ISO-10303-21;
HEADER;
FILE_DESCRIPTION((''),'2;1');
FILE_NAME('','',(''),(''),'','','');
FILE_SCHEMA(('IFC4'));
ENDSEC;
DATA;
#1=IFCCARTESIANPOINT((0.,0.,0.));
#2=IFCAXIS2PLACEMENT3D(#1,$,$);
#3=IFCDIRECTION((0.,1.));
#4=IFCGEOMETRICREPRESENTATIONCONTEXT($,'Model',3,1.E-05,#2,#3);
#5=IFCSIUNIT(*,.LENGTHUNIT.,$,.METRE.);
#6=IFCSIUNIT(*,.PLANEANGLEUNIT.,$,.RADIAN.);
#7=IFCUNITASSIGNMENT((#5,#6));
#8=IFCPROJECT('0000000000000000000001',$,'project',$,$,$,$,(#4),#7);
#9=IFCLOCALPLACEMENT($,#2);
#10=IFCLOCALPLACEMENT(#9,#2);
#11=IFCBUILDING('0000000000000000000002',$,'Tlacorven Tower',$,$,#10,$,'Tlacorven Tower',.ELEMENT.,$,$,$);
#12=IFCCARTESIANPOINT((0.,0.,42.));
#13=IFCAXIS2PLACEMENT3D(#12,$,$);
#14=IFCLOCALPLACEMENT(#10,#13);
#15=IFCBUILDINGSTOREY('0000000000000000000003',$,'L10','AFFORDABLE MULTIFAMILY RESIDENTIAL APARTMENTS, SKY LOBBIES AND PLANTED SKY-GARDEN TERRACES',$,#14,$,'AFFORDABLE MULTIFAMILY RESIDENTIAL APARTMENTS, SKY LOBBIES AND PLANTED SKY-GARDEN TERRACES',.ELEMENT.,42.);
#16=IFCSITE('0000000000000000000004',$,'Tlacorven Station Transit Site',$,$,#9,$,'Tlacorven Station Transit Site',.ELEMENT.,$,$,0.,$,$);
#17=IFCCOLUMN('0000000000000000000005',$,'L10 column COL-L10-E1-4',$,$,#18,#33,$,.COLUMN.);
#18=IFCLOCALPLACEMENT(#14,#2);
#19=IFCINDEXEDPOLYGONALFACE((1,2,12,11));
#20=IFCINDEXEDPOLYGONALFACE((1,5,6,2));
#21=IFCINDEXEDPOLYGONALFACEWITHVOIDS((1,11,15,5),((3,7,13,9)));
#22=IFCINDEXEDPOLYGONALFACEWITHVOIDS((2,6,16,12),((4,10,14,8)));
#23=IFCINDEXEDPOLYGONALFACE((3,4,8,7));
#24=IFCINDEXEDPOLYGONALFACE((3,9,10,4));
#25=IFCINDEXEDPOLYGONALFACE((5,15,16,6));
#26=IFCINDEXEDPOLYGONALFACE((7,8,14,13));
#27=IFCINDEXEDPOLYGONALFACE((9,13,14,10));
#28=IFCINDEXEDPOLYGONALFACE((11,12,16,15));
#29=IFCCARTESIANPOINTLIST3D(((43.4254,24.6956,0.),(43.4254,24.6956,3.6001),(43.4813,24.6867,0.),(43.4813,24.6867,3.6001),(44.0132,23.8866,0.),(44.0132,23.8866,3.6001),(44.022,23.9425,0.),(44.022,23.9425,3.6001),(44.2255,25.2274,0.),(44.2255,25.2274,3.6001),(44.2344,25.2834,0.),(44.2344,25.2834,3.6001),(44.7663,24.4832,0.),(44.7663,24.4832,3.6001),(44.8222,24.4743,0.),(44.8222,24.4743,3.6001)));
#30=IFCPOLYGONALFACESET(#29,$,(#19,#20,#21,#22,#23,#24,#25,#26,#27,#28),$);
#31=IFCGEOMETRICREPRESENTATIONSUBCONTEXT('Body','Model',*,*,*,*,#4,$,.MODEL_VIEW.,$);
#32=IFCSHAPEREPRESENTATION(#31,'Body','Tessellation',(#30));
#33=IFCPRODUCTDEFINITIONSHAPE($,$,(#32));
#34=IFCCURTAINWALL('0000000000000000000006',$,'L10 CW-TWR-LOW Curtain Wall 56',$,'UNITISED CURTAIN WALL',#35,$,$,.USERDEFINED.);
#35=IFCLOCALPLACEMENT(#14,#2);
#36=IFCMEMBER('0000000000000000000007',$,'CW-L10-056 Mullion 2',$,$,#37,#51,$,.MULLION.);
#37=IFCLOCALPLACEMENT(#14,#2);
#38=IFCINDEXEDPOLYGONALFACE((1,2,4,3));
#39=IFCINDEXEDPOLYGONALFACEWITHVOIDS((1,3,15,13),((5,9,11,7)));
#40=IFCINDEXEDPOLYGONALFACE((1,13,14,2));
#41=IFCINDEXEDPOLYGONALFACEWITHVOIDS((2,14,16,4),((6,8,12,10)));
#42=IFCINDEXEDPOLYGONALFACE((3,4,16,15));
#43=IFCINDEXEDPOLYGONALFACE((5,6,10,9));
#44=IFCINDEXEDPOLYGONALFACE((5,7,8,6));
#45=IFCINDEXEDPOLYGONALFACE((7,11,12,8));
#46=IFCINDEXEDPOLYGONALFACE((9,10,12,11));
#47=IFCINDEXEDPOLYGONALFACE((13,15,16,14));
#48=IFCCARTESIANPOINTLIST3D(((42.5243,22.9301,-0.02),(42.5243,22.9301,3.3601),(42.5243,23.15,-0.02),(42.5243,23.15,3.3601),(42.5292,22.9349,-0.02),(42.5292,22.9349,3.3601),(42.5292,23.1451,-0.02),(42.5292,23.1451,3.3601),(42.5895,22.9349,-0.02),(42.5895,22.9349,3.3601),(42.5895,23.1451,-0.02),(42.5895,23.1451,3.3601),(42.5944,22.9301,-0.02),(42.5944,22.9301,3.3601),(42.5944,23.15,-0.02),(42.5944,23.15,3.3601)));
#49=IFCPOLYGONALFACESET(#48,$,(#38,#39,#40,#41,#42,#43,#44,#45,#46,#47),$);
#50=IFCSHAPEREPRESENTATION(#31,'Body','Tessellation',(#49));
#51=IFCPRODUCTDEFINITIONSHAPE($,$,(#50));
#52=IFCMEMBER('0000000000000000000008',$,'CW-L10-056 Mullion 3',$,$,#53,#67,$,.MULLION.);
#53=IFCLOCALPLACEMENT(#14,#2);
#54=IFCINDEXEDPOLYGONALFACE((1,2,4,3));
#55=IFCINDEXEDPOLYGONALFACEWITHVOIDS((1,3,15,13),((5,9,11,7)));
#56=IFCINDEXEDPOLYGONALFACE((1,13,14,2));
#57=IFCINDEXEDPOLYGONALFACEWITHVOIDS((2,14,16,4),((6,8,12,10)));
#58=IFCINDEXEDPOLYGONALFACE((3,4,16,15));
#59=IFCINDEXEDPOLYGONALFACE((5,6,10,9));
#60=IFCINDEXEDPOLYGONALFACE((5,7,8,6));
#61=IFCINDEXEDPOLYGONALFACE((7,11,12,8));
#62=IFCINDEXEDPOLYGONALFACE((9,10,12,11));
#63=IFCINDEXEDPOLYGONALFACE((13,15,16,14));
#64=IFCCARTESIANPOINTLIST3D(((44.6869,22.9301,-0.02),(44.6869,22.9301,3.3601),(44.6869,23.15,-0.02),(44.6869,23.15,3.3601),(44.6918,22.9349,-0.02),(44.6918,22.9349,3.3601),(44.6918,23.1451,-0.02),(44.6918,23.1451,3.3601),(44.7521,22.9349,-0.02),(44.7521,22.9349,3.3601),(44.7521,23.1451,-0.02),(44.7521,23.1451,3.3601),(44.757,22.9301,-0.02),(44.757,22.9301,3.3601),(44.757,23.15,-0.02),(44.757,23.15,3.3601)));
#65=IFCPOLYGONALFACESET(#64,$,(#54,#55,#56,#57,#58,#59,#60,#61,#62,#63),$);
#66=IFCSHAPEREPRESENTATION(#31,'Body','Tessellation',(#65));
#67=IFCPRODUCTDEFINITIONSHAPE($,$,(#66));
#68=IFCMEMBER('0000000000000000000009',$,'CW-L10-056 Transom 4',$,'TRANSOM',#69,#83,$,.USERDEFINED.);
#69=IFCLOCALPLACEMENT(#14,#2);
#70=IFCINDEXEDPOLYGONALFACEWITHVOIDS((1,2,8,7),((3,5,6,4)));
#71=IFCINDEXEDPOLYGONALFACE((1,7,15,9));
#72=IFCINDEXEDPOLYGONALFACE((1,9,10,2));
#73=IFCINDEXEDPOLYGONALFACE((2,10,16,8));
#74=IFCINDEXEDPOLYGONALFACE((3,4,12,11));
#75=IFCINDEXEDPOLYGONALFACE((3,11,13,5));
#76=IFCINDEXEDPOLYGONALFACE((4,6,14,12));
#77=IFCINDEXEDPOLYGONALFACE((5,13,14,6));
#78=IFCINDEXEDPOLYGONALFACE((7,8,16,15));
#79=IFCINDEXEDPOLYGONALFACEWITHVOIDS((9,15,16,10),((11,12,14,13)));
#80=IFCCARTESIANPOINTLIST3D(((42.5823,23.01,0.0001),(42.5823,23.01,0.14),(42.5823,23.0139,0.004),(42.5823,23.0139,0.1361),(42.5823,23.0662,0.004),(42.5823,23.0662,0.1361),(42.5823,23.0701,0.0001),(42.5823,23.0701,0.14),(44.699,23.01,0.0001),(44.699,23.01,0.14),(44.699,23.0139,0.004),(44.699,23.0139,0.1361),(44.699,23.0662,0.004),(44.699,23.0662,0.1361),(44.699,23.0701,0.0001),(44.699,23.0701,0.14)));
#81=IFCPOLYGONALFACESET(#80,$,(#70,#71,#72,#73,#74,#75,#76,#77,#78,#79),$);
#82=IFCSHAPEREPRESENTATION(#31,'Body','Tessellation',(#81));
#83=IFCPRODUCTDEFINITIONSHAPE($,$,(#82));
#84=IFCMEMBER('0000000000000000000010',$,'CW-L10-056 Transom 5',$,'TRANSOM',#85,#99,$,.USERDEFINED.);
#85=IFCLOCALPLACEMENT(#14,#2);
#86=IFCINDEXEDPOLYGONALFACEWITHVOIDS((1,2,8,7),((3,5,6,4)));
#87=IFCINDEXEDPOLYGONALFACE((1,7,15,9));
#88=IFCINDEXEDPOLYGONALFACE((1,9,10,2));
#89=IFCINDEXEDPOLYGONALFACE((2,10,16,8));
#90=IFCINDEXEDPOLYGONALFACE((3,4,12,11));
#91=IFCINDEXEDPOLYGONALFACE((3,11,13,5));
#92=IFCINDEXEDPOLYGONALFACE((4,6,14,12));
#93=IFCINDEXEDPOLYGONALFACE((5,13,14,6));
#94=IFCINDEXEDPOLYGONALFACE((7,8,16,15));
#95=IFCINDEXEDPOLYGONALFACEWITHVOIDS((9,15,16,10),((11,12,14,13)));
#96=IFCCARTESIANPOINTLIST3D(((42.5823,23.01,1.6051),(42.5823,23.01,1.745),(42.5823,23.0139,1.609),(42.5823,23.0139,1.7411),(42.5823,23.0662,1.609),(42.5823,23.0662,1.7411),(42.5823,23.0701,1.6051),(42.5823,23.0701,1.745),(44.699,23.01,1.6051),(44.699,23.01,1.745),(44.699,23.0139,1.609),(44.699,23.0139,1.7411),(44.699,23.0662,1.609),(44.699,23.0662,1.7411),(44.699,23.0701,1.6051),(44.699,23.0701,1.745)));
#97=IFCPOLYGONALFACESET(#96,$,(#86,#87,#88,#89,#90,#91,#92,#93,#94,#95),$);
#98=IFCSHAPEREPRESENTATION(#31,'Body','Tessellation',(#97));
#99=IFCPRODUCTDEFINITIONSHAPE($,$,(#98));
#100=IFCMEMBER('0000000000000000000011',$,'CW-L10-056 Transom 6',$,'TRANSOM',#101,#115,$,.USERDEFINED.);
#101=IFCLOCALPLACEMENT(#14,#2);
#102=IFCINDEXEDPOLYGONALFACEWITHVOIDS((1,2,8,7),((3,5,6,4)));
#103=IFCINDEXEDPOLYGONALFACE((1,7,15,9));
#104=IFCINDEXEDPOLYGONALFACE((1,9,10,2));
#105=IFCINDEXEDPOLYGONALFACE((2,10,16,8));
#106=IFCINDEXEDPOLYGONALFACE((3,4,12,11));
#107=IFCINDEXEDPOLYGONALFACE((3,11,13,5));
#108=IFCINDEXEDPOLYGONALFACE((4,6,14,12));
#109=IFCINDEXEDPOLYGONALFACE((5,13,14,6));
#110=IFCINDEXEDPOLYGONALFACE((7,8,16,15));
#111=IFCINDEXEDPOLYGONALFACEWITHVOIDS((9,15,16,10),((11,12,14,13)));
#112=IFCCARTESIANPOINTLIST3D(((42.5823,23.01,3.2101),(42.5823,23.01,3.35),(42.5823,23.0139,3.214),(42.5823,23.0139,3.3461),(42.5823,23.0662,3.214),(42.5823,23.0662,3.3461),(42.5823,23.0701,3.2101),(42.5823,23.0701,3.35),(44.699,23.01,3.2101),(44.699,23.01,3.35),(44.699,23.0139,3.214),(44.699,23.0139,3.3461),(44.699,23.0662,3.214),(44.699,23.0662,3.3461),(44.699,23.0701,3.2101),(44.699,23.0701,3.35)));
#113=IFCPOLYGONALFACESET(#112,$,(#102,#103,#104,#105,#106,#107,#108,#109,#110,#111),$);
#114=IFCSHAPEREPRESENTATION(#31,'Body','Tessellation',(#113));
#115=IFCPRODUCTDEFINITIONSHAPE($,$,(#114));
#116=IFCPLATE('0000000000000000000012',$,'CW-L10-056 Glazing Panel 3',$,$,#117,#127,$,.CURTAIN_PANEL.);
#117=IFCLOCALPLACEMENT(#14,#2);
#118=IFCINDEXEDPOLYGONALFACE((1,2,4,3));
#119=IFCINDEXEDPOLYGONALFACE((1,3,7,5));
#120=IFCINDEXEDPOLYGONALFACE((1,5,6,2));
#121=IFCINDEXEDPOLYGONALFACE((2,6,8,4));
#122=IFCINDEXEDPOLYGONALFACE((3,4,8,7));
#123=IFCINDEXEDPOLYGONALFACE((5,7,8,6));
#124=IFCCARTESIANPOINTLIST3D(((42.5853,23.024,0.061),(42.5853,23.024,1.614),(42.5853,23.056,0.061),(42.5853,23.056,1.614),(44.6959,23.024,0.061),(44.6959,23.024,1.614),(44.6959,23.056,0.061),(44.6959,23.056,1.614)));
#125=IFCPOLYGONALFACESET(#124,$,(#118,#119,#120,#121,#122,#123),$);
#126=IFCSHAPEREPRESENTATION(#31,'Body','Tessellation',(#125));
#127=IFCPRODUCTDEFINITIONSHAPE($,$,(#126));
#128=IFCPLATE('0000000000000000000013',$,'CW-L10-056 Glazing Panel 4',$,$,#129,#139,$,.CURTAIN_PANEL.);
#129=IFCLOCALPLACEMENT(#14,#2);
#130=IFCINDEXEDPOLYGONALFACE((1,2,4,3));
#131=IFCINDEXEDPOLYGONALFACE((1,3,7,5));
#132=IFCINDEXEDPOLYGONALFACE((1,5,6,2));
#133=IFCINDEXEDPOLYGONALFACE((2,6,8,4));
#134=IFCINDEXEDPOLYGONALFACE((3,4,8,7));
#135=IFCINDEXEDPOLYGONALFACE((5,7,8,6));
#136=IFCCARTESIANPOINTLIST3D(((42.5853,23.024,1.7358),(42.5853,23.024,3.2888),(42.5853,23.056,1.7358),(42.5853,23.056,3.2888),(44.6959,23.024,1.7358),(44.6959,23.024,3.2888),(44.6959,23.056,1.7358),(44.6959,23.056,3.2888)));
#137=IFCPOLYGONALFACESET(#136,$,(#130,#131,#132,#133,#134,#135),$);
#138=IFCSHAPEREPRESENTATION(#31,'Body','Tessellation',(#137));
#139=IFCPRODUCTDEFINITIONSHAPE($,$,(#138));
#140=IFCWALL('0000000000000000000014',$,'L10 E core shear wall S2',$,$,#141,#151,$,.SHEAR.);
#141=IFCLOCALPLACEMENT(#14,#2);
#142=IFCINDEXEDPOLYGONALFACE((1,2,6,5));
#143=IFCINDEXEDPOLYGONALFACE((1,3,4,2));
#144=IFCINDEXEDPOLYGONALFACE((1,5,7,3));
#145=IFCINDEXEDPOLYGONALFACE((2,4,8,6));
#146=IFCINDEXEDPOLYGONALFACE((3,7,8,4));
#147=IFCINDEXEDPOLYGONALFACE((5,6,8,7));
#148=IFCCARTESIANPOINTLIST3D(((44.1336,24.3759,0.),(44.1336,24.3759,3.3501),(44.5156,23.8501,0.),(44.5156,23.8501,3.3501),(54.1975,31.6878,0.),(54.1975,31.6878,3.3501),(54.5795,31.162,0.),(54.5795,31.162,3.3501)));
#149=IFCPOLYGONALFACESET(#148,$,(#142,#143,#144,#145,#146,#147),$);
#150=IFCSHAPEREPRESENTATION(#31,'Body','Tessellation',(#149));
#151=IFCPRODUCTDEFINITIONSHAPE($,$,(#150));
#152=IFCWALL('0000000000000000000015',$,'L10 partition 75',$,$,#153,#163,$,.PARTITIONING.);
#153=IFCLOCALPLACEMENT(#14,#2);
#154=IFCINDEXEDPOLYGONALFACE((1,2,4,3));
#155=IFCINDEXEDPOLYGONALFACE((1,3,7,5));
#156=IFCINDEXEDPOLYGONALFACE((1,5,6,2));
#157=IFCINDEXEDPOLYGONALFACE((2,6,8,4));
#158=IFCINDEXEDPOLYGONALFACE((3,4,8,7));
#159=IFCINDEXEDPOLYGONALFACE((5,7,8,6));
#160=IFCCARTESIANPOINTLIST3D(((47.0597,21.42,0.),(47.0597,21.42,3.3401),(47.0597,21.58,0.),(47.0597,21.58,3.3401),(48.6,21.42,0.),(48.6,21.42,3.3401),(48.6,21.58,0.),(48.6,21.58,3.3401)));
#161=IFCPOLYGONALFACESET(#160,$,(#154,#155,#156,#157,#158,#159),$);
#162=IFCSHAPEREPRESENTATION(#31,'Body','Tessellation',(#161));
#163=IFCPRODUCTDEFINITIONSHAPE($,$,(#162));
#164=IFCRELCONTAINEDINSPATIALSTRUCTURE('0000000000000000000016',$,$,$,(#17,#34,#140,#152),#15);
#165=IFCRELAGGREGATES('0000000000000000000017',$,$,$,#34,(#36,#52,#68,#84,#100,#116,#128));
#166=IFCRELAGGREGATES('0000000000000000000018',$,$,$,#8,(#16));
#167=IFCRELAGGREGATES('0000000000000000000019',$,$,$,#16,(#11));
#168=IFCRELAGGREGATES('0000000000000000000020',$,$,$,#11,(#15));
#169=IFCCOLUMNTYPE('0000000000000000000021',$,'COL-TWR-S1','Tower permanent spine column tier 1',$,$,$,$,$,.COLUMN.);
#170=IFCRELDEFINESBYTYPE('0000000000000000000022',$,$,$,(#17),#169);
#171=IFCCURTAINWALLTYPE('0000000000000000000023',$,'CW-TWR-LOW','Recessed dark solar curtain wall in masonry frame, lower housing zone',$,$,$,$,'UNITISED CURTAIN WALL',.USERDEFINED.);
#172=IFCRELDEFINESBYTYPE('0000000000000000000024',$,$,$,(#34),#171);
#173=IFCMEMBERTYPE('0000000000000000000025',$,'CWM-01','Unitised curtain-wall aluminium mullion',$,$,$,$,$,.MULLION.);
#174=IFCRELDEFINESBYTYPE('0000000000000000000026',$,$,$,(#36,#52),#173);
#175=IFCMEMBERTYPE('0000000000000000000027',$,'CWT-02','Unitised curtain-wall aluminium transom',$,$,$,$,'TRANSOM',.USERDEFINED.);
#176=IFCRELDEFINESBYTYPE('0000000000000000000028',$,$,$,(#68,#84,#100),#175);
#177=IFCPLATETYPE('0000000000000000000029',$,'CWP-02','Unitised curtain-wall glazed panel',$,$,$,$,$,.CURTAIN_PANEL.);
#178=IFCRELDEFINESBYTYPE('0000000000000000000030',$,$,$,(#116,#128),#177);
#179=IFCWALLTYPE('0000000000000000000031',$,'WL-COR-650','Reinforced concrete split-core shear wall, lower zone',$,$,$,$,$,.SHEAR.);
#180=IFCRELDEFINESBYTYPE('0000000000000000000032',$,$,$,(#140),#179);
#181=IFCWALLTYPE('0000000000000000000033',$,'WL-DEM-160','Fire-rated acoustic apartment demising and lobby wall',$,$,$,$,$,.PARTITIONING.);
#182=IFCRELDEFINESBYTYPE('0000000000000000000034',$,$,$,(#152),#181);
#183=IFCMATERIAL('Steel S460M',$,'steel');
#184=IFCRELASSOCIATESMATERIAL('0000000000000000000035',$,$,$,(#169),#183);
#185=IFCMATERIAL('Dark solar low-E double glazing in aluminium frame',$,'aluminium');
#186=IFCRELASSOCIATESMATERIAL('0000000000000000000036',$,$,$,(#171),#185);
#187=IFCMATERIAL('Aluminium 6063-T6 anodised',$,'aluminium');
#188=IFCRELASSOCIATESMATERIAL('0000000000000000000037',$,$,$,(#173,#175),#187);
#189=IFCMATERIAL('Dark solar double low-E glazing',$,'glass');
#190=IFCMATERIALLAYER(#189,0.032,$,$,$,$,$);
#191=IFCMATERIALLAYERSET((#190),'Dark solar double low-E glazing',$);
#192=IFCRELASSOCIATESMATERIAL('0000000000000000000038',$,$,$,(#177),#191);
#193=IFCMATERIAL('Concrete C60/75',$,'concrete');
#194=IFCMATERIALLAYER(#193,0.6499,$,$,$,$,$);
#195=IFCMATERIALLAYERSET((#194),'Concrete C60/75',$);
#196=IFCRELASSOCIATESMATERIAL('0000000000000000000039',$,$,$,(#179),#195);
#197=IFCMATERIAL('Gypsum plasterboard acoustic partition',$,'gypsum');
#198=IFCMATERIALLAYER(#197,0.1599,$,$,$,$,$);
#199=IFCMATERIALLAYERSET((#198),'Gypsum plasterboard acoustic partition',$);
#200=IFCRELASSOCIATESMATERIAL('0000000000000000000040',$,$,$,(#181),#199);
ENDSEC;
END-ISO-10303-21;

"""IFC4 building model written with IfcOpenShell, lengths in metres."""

from ifc_helpers import new_model, si_unit, direction, frame, frame_2d, origin, origin_2d, place, context, subcontext, project, spatial, rectangle, hollow_rectangle, extrude, source, transform, mapped, material, layer, layer_set, material_profile, profile_set, type_object, element, aggregate, save


model = new_model("IFC4")

# Units and contexts
model_context = context("Model", 3, precision=1e-05, world=origin(), true_north=direction((0.0, 1.0)))
body_context = subcontext(model_context, "Body", "Model", "MODEL_VIEW")
ifc_project = project(units=[si_unit("LENGTHUNIT", "METRE"), si_unit("PLANEANGLEUNIT", "RADIAN")], contexts=[model_context])

# Site, building, storey
site_placement = place(None, origin())
site = spatial("IfcSite", under=ifc_project, at=site_placement, Name="Tlacorven Station Transit Site", LongName="Tlacorven Station Transit Site", CompositionType="ELEMENT", RefElevation=0.0)
building_placement = place(site_placement, origin())
building = spatial("IfcBuilding", under=site, at=building_placement, Name="Tlacorven Tower", LongName="Tlacorven Tower", CompositionType="ELEMENT")
storey_placement = place(building_placement, frame((0.0, 0.0, 42.0)))
storey = spatial("IfcBuildingStorey", under=building, at=storey_placement, Name="L10", Description="AFFORDABLE MULTIFAMILY RESIDENTIAL APARTMENTS, SKY LOBBIES AND PLANTED SKY-GARDEN TERRACES", LongName="AFFORDABLE MULTIFAMILY RESIDENTIAL APARTMENTS, SKY LOBBIES AND PLANTED SKY-GARDEN TERRACES", CompositionType="ELEMENT", Elevation=42.0)

# Column
ifc_material_1 = material(Name="Steel S460M", Category="steel")
ifc_material_profile_1 = material_profile(ifc_material_1, hollow_rectangle(XDim=1.0, YDim=1.0, WallThickness=0.04, at=origin_2d()), Name="BOX 1000X1000X40")
ifc_profile_set_1 = profile_set([ifc_material_profile_1], Name="Steel S460M")
column_type = type_object("IfcColumnType", Name="COL-TWR-S1", Description="Tower permanent spine column tier 1", PredefinedType="COLUMN", material=ifc_profile_set_1)
shared_shape_1 = source(origin(), body_context, "Body", "SweptSolid", [
    extrude(hollow_rectangle(XDim=1.0, YDim=1.0, WallThickness=0.04, at=origin_2d()), origin(), (0.0, 0.0, 1.0), 3.6001),
])
column_placement = place(storey_placement, frame((44.1238, 24.585, 0.0), z_axis=(0.0, 0.0, 1.0), x_axis=(0.809017, 0.587785, 0.0)))
element("IfcColumn", 1, at=column_placement, inside=storey, type_object=column_type, Name="L10 column COL-L10-E1-4", PredefinedType="COLUMN", context=body_context, shape_type="MappedRepresentation", body=[
    mapped(shared_shape_1, transform((0.0, 0.0, 0.0), scale=1.0)),
])

# Curtain wall, members, plates
ifc_material_2 = material(Name="Dark solar low-E double glazing in aluminium frame", Category="aluminium")
curtain_wall_type = type_object("IfcCurtainWallType", Name="CW-TWR-LOW", Description="Recessed dark solar curtain wall in masonry frame, lower housing zone", ElementType="UNITISED CURTAIN WALL", PredefinedType="USERDEFINED", material=ifc_material_2)
curtain_wall_placement = place(storey_placement, origin())
curtain_wall = element("IfcCurtainWall", 2, at=curtain_wall_placement, inside=storey, type_object=curtain_wall_type, Name="L10 CW-TWR-LOW Curtain Wall 56", ObjectType="UNITISED CURTAIN WALL", PredefinedType="USERDEFINED")
ifc_material_3 = material(Name="Aluminium 6063-T6 anodised", Category="aluminium")
ifc_material_profile_2 = material_profile(ifc_material_3, hollow_rectangle(XDim=0.0701, YDim=0.22, WallThickness=0.0049, at=origin_2d()), Name="ALU MULLION 70X220")
ifc_profile_set_2 = profile_set([ifc_material_profile_2], Name="Aluminium 6063-T6 anodised")
member_type_1 = type_object("IfcMemberType", Name="CWM-01", Description="Unitised curtain-wall aluminium mullion", PredefinedType="MULLION", material=ifc_profile_set_2)
shared_shape_2 = source(origin(), body_context, "Body", "SweptSolid", [
    extrude(hollow_rectangle(XDim=0.0701, YDim=0.22, WallThickness=0.0049, at=origin_2d()), origin(), (0.0, 0.0, 1.0), 3.3801),
])
member_1_placement = place(storey_placement, frame((42.5593, 23.04, -0.02), z_axis=(0.0, 0.0, 1.0), x_axis=(1.0, 0.0, 0.0)))
member_1 = element("IfcMember", 3, at=member_1_placement, type_object=member_type_1, Name="CW-L10-056 Mullion 2", PredefinedType="MULLION", context=body_context, shape_type="MappedRepresentation", body=[
    mapped(shared_shape_2, transform((0.0, 0.0, 0.0), scale=1.0)),
])
member_2_placement = place(storey_placement, frame((44.7219, 23.04, -0.02), z_axis=(0.0, 0.0, 1.0), x_axis=(1.0, 0.0, 0.0)))
member_2 = element("IfcMember", 4, at=member_2_placement, type_object=member_type_1, Name="CW-L10-056 Mullion 3", PredefinedType="MULLION", context=body_context, shape_type="MappedRepresentation", body=[
    mapped(shared_shape_2, transform((0.0, 0.0, 0.0), scale=1.0)),
])
ifc_material_profile_3 = material_profile(ifc_material_3, hollow_rectangle(XDim=0.0601, YDim=0.1399, WallThickness=0.0039, at=origin_2d()), Name="ALU TRANSOM 60X140")
ifc_profile_set_3 = profile_set([ifc_material_profile_3], Name="Aluminium 6063-T6 anodised")
member_type_2 = type_object("IfcMemberType", Name="CWT-02", Description="Unitised curtain-wall aluminium transom", ElementType="TRANSOM", PredefinedType="USERDEFINED", material=ifc_profile_set_3)
shared_shape_3 = source(origin(), body_context, "Body", "SweptSolid", [
    extrude(hollow_rectangle(XDim=0.0601, YDim=0.1399, WallThickness=0.0039, at=origin_2d()), origin(), (0.0, 0.0, 1.0), 2.1167),
])
member_3_placement = place(storey_placement, frame((42.5823, 23.04, 0.0701), z_axis=(1.0, 0.0, 0.0), x_axis=(0.0, 1.0, 0.0)))
member_3 = element("IfcMember", 5, at=member_3_placement, type_object=member_type_2, Name="CW-L10-056 Transom 4", ObjectType="TRANSOM", PredefinedType="USERDEFINED", context=body_context, shape_type="MappedRepresentation", body=[
    mapped(shared_shape_3, transform((0.0, 0.0, 0.0), scale=1.0)),
])
member_4_placement = place(storey_placement, frame((42.5823, 23.04, 1.675), z_axis=(1.0, 0.0, 0.0), x_axis=(0.0, 1.0, 0.0)))
member_4 = element("IfcMember", 6, at=member_4_placement, type_object=member_type_2, Name="CW-L10-056 Transom 5", ObjectType="TRANSOM", PredefinedType="USERDEFINED", context=body_context, shape_type="MappedRepresentation", body=[
    mapped(shared_shape_3, transform((0.0, 0.0, 0.0), scale=1.0)),
])
member_5_placement = place(storey_placement, frame((42.5823, 23.04, 3.28), z_axis=(1.0, 0.0, 0.0), x_axis=(0.0, 1.0, 0.0)))
member_5 = element("IfcMember", 7, at=member_5_placement, type_object=member_type_2, Name="CW-L10-056 Transom 6", ObjectType="TRANSOM", PredefinedType="USERDEFINED", context=body_context, shape_type="MappedRepresentation", body=[
    mapped(shared_shape_3, transform((0.0, 0.0, 0.0), scale=1.0)),
])
ifc_material_4 = material(Name="Dark solar double low-E glazing", Category="glass")
ifc_layer_1 = layer(ifc_material_4, 0.032)
ifc_layer_set_1 = layer_set([ifc_layer_1], Name="Dark solar double low-E glazing")
plate_type = type_object("IfcPlateType", Name="CWP-02", Description="Unitised curtain-wall glazed panel", PredefinedType="CURTAIN_PANEL", material=ifc_layer_set_1)
shared_shape_4 = source(origin(), body_context, "Body", "SweptSolid", [
    extrude(rectangle(XDim=2.1106, YDim=0.032, at=origin_2d()), origin(), (0.0, 0.0, 1.0), 1.553),
])
plate_1_placement = place(storey_placement, frame((43.6406, 23.04, 0.061), z_axis=(0.0, 0.0, 1.0), x_axis=(1.0, 0.0, 0.0)))
plate_1 = element("IfcPlate", 8, at=plate_1_placement, type_object=plate_type, Name="CW-L10-056 Glazing Panel 3", PredefinedType="CURTAIN_PANEL", context=body_context, shape_type="MappedRepresentation", body=[
    mapped(shared_shape_4, transform((0.0, 0.0, 0.0), scale=1.0)),
])
plate_2_placement = place(storey_placement, frame((43.6406, 23.04, 1.7358), z_axis=(0.0, 0.0, 1.0), x_axis=(1.0, 0.0, 0.0)))
plate_2 = element("IfcPlate", 9, at=plate_2_placement, type_object=plate_type, Name="CW-L10-056 Glazing Panel 4", PredefinedType="CURTAIN_PANEL", context=body_context, shape_type="MappedRepresentation", body=[
    mapped(shared_shape_4, transform((0.0, 0.0, 0.0), scale=1.0)),
])
aggregate(curtain_wall, [member_1, member_2, member_3, member_4, member_5, plate_1, plate_2])

# Walls
ifc_material_5 = material(Name="Concrete C60/75", Category="concrete")
ifc_layer_2 = layer(ifc_material_5, 0.6499)
ifc_layer_set_2 = layer_set([ifc_layer_2], Name="Concrete C60/75")
wall_type_1 = type_object("IfcWallType", Name="WL-COR-650", Description="Reinforced concrete split-core shear wall, lower zone", PredefinedType="SHEAR", material=ifc_layer_set_2)
wall_1_placement = place(storey_placement, frame((44.3247, 24.113, 0.0), z_axis=(0.0, 0.0, 1.0), x_axis=(0.809013, 0.587791, 0.0)))
element("IfcWall", 10, at=wall_1_placement, inside=storey, type_object=wall_type_1, Name="L10 E core shear wall S2", PredefinedType="SHEAR", context=body_context, shape_type="SweptSolid", body=[
    extrude(rectangle(XDim=12.4397, YDim=0.6499, at=frame_2d((6.2197, 0.0))), origin(), (0.0, 0.0, 1.0), 3.3501),
])
ifc_material_6 = material(Name="Gypsum plasterboard acoustic partition", Category="gypsum")
ifc_layer_3 = layer(ifc_material_6, 0.1599)
ifc_layer_set_3 = layer_set([ifc_layer_3], Name="Gypsum plasterboard acoustic partition")
wall_type_2 = type_object("IfcWallType", Name="WL-DEM-160", Description="Fire-rated acoustic apartment demising and lobby wall", PredefinedType="PARTITIONING", material=ifc_layer_set_3)
wall_2_placement = place(storey_placement, frame((47.0598, 21.5, 0.0), z_axis=(0.0, 0.0, 1.0), x_axis=(1.0, 0.0, 0.0)))
element("IfcWall", 11, at=wall_2_placement, inside=storey, type_object=wall_type_2, Name="L10 partition 75", PredefinedType="PARTITIONING", context=body_context, shape_type="SweptSolid", body=[
    extrude(rectangle(XDim=1.5403, YDim=0.1599, at=frame_2d((0.77, 0.0))), origin(), (0.0, 0.0, 1.0), 3.3401),
])

save(model, "model.ifc")
